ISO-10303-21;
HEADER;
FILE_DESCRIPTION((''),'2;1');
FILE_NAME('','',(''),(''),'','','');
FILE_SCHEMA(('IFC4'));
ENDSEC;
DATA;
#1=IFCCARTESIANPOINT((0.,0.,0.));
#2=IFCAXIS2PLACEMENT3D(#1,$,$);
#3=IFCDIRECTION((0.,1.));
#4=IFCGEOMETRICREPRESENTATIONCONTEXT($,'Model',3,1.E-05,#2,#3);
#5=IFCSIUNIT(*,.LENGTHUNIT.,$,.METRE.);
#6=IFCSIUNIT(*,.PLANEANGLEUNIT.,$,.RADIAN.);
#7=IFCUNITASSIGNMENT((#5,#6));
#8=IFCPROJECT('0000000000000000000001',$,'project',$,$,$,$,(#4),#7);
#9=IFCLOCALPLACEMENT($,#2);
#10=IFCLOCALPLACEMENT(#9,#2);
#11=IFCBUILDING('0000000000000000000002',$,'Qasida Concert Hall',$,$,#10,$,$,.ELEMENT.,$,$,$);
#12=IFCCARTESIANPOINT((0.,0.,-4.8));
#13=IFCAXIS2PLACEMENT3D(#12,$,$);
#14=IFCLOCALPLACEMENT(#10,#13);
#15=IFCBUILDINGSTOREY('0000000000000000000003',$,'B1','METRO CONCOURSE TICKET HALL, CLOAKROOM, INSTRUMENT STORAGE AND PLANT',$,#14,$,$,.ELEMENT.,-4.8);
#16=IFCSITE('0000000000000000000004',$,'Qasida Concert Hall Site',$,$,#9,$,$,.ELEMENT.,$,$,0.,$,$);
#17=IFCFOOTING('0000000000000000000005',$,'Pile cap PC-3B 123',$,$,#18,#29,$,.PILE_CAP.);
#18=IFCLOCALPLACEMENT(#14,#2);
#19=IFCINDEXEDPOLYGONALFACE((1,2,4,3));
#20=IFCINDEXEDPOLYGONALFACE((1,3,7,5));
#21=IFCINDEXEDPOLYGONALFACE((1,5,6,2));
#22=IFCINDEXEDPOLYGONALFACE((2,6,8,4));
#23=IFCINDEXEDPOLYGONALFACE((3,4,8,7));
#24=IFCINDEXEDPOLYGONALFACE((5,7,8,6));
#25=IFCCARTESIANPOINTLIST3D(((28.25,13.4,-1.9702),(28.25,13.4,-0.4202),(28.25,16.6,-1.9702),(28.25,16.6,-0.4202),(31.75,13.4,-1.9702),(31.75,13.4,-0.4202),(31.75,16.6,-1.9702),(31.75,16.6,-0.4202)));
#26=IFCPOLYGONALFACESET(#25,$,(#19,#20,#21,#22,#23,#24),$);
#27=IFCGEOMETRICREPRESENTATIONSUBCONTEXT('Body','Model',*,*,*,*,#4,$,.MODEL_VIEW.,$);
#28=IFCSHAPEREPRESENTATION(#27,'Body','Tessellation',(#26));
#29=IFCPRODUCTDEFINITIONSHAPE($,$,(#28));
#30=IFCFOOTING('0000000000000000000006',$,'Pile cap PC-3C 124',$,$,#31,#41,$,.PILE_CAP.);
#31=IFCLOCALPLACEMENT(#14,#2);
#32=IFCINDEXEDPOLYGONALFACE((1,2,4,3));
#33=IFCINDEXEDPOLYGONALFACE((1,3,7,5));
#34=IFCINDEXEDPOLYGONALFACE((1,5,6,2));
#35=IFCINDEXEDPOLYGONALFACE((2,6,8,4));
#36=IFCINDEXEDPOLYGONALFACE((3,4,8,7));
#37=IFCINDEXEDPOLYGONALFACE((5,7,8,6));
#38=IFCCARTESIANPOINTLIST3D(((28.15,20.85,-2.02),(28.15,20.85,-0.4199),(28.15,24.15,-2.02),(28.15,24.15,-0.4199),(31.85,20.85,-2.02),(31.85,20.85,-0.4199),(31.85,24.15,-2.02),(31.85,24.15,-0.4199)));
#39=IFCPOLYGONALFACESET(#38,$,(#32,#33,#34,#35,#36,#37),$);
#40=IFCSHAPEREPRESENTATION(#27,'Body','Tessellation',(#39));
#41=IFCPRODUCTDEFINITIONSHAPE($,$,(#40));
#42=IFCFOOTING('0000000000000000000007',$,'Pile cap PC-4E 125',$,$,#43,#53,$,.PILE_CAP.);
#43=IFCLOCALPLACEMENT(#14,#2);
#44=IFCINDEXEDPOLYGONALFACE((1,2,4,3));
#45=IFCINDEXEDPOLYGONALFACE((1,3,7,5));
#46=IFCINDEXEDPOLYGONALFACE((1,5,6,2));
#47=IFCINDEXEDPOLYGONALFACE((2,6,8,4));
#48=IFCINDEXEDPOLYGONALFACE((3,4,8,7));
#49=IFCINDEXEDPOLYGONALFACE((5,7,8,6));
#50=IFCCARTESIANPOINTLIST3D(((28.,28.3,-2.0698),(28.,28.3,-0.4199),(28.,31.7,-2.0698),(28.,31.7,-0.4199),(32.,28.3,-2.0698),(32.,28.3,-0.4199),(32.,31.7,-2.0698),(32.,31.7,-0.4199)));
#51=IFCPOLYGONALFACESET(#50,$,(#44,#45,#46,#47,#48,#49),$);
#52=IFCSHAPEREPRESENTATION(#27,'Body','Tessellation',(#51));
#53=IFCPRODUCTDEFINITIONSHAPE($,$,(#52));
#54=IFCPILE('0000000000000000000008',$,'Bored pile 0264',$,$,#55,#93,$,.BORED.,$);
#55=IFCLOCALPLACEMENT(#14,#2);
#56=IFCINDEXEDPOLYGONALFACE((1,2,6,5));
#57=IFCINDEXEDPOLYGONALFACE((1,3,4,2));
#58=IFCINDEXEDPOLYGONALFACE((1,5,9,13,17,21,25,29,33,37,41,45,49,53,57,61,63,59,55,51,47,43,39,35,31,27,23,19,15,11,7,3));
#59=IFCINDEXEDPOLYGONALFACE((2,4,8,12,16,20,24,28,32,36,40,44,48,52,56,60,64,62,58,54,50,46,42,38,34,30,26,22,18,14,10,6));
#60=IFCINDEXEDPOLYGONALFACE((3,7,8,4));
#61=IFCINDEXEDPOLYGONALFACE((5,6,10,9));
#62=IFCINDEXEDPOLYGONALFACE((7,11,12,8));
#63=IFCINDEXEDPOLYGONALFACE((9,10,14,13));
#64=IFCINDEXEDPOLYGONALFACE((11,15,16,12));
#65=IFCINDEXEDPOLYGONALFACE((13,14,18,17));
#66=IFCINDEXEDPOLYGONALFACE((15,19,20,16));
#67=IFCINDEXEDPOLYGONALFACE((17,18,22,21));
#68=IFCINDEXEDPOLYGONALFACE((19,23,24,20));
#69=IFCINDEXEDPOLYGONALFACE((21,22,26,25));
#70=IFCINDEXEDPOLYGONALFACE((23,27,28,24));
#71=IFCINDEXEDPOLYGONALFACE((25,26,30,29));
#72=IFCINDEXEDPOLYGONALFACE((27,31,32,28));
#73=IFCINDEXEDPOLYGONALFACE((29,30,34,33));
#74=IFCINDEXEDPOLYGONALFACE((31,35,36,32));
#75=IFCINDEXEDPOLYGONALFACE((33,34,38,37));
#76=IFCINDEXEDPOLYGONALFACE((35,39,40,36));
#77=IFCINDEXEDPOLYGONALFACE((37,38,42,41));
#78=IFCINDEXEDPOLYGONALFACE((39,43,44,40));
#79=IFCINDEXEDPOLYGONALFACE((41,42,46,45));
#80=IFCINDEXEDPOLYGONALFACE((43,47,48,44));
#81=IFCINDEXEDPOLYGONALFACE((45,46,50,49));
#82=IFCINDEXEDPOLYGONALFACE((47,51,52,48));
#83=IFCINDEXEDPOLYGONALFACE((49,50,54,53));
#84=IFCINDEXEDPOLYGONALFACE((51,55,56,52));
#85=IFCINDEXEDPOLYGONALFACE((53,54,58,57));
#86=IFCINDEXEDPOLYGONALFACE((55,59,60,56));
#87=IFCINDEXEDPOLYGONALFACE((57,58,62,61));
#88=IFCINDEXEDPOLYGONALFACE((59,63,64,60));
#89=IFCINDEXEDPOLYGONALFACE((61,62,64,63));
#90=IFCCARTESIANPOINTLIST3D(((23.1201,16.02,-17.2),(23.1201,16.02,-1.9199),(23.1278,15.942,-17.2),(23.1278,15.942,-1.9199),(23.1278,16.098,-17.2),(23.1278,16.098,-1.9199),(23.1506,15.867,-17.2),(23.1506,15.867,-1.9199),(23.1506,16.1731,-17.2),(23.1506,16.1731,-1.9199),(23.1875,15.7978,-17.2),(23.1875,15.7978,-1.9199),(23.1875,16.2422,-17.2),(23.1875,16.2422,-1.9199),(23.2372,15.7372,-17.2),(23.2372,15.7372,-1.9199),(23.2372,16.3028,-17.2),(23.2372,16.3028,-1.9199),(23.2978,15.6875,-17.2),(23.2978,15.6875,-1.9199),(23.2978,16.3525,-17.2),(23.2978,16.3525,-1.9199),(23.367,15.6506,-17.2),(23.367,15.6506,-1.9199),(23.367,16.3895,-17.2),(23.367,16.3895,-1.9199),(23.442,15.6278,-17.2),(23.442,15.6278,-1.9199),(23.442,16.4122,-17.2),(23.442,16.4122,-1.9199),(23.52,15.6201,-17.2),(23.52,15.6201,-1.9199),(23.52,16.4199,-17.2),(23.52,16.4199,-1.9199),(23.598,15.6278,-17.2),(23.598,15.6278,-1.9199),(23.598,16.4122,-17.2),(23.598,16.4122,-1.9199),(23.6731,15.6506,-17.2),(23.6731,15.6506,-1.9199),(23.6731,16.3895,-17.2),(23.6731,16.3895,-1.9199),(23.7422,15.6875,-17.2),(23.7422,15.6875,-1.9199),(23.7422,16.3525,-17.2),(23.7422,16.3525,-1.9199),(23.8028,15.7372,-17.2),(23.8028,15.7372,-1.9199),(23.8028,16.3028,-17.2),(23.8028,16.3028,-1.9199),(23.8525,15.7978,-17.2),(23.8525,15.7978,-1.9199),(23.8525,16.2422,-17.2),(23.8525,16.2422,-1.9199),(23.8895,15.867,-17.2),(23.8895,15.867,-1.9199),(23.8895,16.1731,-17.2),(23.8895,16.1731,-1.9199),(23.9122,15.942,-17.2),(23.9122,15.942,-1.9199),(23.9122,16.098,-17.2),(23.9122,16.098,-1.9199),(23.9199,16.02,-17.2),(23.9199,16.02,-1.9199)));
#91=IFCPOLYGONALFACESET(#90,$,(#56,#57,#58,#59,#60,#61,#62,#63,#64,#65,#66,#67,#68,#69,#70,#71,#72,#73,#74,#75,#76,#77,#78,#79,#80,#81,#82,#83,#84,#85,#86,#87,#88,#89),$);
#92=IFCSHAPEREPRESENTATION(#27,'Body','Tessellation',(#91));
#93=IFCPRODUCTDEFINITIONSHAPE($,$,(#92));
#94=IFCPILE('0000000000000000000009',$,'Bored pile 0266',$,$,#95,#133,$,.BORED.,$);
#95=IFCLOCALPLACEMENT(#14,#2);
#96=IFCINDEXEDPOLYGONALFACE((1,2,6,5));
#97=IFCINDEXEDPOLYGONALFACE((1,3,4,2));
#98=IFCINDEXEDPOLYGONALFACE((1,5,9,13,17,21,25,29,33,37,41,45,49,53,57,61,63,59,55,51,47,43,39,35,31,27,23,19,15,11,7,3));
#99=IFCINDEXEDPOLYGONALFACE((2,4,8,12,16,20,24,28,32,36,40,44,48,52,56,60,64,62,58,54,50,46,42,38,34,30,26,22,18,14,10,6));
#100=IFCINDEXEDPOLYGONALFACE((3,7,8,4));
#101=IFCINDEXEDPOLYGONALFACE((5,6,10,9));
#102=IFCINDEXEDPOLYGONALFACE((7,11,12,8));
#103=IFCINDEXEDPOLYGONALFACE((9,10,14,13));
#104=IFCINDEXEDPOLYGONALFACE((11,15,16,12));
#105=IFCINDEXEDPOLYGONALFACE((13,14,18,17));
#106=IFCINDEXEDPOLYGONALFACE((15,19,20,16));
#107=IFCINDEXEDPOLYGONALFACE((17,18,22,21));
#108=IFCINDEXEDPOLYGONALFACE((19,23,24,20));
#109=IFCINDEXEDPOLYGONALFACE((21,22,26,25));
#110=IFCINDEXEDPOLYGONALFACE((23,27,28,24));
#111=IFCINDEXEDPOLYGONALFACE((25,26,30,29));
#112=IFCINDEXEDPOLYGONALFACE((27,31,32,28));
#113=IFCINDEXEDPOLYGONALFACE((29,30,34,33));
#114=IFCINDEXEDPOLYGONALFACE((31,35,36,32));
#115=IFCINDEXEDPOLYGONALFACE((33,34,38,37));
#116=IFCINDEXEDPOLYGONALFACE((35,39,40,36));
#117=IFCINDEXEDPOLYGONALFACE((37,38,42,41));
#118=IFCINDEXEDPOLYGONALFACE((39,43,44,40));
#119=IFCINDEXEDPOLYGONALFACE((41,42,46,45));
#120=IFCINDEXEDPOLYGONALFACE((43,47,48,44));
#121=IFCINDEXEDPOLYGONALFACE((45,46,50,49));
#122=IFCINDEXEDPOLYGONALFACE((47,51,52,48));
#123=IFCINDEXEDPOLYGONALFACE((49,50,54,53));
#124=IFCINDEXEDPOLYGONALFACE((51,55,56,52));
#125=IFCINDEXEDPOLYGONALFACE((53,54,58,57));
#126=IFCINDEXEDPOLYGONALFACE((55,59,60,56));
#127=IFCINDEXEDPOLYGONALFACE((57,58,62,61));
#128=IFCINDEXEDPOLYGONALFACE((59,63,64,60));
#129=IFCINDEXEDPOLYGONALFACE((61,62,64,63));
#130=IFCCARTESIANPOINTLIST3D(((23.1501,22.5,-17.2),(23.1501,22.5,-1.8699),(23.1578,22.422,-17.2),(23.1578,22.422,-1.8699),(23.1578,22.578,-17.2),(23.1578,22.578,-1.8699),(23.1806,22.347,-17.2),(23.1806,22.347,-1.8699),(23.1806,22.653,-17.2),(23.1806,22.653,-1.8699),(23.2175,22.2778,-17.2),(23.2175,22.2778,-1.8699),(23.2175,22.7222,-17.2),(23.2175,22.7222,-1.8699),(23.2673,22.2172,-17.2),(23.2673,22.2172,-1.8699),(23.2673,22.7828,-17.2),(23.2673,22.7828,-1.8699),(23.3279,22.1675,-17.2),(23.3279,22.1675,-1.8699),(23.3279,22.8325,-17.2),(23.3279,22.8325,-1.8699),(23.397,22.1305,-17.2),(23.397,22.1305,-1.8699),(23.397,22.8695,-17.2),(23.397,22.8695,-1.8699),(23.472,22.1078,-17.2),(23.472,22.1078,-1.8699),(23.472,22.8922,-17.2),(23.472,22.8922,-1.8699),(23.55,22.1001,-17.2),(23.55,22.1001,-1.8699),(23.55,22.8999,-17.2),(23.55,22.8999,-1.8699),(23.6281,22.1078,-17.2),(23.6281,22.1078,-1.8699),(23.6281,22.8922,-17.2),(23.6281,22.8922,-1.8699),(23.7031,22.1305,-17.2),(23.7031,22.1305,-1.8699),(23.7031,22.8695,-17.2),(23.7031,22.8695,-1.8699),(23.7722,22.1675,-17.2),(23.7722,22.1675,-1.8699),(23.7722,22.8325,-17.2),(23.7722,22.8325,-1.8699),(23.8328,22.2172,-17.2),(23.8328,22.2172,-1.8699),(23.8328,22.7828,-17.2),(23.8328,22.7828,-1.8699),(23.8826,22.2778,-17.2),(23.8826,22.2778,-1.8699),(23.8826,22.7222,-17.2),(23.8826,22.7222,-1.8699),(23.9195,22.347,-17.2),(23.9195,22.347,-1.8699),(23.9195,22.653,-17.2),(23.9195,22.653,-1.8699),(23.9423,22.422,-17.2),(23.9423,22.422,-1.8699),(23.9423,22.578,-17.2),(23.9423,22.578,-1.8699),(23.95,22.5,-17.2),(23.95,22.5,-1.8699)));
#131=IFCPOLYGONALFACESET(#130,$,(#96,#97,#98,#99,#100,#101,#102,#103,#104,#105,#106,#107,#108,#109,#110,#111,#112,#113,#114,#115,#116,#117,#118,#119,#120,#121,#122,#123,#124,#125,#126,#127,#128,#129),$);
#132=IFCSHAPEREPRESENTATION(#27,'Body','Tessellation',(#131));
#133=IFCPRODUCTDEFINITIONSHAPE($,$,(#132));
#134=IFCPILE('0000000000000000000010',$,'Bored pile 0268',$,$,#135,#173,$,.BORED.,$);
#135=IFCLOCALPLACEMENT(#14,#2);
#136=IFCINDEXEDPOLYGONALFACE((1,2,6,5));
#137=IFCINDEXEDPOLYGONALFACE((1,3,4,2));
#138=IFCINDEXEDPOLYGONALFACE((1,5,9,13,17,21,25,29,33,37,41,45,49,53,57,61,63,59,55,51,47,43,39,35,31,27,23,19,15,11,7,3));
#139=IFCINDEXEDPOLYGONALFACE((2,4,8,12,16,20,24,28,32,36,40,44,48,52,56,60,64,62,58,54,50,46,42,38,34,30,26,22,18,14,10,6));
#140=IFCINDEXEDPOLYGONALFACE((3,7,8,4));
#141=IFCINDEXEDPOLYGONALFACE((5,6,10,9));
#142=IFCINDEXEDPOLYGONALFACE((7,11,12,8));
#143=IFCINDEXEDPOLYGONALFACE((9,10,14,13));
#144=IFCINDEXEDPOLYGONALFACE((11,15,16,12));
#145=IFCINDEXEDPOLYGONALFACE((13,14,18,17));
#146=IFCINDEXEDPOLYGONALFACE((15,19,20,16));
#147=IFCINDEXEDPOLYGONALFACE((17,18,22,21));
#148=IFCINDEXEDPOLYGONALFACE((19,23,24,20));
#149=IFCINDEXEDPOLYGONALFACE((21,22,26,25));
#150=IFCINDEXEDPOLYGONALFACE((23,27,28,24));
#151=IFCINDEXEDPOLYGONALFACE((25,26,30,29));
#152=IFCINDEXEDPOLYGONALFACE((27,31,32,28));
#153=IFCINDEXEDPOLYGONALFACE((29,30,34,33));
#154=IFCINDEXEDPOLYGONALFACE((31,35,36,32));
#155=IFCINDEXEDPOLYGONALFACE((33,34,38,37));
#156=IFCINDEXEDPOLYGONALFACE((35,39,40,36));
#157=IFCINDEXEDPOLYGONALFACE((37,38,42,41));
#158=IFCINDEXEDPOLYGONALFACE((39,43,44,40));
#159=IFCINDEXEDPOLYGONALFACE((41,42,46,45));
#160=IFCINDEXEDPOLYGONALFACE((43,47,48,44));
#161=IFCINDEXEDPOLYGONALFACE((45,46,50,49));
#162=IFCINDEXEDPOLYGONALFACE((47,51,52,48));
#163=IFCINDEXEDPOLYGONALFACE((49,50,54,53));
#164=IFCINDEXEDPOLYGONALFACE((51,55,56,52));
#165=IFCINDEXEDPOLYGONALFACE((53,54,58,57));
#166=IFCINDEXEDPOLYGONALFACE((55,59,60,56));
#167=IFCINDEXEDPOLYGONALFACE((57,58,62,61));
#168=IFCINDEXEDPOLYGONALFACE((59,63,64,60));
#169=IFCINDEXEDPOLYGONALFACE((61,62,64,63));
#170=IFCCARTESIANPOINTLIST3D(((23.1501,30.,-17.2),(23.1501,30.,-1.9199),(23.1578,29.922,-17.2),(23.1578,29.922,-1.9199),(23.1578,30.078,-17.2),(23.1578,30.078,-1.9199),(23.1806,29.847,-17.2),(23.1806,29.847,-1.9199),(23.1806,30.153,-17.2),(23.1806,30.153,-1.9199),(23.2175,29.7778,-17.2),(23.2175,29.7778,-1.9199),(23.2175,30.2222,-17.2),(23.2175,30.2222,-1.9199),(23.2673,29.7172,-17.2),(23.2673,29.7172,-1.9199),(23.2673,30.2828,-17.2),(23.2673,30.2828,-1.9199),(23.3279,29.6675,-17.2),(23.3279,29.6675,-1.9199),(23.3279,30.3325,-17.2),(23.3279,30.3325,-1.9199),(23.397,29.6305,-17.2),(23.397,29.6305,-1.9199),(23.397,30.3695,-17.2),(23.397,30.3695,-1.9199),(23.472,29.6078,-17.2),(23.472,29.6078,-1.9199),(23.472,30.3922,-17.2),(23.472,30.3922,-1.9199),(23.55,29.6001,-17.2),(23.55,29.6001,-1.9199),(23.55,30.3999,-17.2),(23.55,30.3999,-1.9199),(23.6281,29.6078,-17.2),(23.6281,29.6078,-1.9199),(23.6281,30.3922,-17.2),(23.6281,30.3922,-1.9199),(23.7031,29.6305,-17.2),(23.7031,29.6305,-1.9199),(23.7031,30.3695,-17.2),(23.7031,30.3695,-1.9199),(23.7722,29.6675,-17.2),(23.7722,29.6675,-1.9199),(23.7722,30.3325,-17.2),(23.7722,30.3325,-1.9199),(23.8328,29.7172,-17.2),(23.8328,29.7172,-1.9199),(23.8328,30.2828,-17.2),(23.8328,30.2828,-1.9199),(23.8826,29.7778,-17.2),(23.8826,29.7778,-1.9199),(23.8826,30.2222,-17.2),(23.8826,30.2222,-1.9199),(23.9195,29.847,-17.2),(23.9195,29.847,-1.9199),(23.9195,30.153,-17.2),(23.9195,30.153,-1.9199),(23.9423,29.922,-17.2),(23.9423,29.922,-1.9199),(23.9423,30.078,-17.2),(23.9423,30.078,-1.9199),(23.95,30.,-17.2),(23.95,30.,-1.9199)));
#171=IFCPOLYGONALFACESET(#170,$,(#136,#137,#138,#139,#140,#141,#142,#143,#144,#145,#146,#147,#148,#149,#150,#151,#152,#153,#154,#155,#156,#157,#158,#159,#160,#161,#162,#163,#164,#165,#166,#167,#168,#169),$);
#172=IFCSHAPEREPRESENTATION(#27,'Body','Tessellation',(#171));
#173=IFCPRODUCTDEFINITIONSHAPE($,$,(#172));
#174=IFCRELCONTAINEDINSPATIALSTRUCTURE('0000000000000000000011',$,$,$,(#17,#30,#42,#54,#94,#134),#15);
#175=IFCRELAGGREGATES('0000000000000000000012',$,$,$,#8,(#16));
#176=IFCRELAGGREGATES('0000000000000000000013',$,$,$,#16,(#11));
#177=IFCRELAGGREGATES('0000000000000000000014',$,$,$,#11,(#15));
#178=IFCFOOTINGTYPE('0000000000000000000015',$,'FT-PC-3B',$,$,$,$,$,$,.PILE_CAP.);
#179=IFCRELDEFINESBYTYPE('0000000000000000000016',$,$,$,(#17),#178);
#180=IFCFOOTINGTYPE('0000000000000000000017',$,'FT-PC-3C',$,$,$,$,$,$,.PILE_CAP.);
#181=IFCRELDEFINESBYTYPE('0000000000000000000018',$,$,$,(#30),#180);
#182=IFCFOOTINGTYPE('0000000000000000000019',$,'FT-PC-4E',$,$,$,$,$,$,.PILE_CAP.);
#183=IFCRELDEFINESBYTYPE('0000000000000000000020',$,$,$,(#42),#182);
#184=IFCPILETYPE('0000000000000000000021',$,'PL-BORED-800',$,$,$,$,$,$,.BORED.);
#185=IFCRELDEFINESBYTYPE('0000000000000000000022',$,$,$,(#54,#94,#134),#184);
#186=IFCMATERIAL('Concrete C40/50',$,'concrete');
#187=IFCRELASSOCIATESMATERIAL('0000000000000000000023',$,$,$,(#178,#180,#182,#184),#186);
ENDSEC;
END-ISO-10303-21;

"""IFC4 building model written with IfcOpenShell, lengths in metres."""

from ifc_helpers import new_model, si_unit, direction, frame, origin, origin_2d, place, context, subcontext, project, spatial, rectangle, circle, extrude, material, material_profile, profile_set, type_object, element, save


model = new_model("IFC4")

# Units and contexts
model_context = context("Model", 3, precision=1e-05, world=origin(), true_north=direction((0.0, 1.0)))
body_context = subcontext(model_context, "Body", "Model", "MODEL_VIEW")
ifc_project = project(units=[si_unit("LENGTHUNIT", "METRE"), si_unit("PLANEANGLEUNIT", "RADIAN")], contexts=[model_context])

# Site, building, storey
site_placement = place(None, origin())
site = spatial("IfcSite", under=ifc_project, at=site_placement, Name="Qasida Concert Hall Site", CompositionType="ELEMENT", RefElevation=0.0)
building_placement = place(site_placement, origin())
building = spatial("IfcBuilding", under=site, at=building_placement, Name="Qasida Concert Hall", CompositionType="ELEMENT")
storey_placement = place(building_placement, frame((0.0, 0.0, -4.8)))
storey = spatial("IfcBuildingStorey", under=building, at=storey_placement, Name="B1", Description="METRO CONCOURSE TICKET HALL, CLOAKROOM, INSTRUMENT STORAGE AND PLANT", CompositionType="ELEMENT", Elevation=-4.8)

# Footings
ifc_material_1 = material(Name="Concrete C40/50", Category="concrete")
footing_type_1 = type_object("IfcFootingType", Name="FT-PC-3B", PredefinedType="PILE_CAP", material=ifc_material_1)
footing_1_placement = place(storey_placement, frame((30.0, 15.0, -1.9702), z_axis=(0.0, 0.0, 1.0), x_axis=(1.0, 0.0, 0.0)))
element("IfcFooting", 1, at=footing_1_placement, inside=storey, type_object=footing_type_1, Name="Pile cap PC-3B 123", PredefinedType="PILE_CAP", context=body_context, shape_type="SweptSolid", body=[
    extrude(rectangle(XDim=3.5, YDim=3.2, at=origin_2d()), origin(), (0.0, 0.0, 1.0), 1.55),
])
footing_type_2 = type_object("IfcFootingType", Name="FT-PC-3C", PredefinedType="PILE_CAP", material=ifc_material_1)
footing_2_placement = place(storey_placement, frame((30.0, 22.5, -2.02), z_axis=(0.0, 0.0, 1.0), x_axis=(1.0, 0.0, 0.0)))
element("IfcFooting", 2, at=footing_2_placement, inside=storey, type_object=footing_type_2, Name="Pile cap PC-3C 124", PredefinedType="PILE_CAP", context=body_context, shape_type="SweptSolid", body=[
    extrude(rectangle(XDim=3.7, YDim=3.3, at=origin_2d()), origin(), (0.0, 0.0, 1.0), 1.6001),
])
footing_type_3 = type_object("IfcFootingType", Name="FT-PC-4E", PredefinedType="PILE_CAP", material=ifc_material_1)
footing_3_placement = place(storey_placement, frame((30.0, 30.0, -2.0698), z_axis=(0.0, 0.0, 1.0), x_axis=(1.0, 0.0, 0.0)))
element("IfcFooting", 3, at=footing_3_placement, inside=storey, type_object=footing_type_3, Name="Pile cap PC-4E 125", PredefinedType="PILE_CAP", context=body_context, shape_type="SweptSolid", body=[
    extrude(rectangle(XDim=4.0, YDim=3.3999, at=origin_2d()), origin(), (0.0, 0.0, 1.0), 1.6499),
])

# Piles
ifc_material_profile_1 = material_profile(ifc_material_1, circle(Radius=0.3999, at=origin_2d()), Name="BORED PILE D800")
ifc_profile_set_1 = profile_set([ifc_material_profile_1], Name="Concrete C40/50")
pile_type = type_object("IfcPileType", Name="PL-BORED-800", PredefinedType="BORED", material=ifc_profile_set_1)
pile_1_placement = place(storey_placement, frame((23.52, 16.02, -1.9199), z_axis=(0.0, 0.0, -1.0), x_axis=(1.0, 0.0, 0.0)))
element("IfcPile", 4, at=pile_1_placement, inside=storey, type_object=pile_type, Name="Bored pile 0264", PredefinedType="BORED", context=body_context, shape_type="SweptSolid", body=[
    extrude(circle(Radius=0.3999, at=origin_2d()), origin(), (0.0, 0.0, 1.0), 15.28),
])
pile_2_placement = place(storey_placement, frame((23.55, 22.5, -1.8699), z_axis=(0.0, 0.0, -1.0), x_axis=(1.0, 0.0, 0.0)))
element("IfcPile", 5, at=pile_2_placement, inside=storey, type_object=pile_type, Name="Bored pile 0266", PredefinedType="BORED", context=body_context, shape_type="SweptSolid", body=[
    extrude(circle(Radius=0.3999, at=origin_2d()), origin(), (0.0, 0.0, 1.0), 15.3301),
])
pile_3_placement = place(storey_placement, frame((23.55, 30.0, -1.9199), z_axis=(0.0, 0.0, -1.0), x_axis=(1.0, 0.0, 0.0)))
element("IfcPile", 6, at=pile_3_placement, inside=storey, type_object=pile_type, Name="Bored pile 0268", PredefinedType="BORED", context=body_context, shape_type="SweptSolid", body=[
    extrude(circle(Radius=0.3999, at=origin_2d()), origin(), (0.0, 0.0, 1.0), 15.28),
])

save(model, "model.ifc")
